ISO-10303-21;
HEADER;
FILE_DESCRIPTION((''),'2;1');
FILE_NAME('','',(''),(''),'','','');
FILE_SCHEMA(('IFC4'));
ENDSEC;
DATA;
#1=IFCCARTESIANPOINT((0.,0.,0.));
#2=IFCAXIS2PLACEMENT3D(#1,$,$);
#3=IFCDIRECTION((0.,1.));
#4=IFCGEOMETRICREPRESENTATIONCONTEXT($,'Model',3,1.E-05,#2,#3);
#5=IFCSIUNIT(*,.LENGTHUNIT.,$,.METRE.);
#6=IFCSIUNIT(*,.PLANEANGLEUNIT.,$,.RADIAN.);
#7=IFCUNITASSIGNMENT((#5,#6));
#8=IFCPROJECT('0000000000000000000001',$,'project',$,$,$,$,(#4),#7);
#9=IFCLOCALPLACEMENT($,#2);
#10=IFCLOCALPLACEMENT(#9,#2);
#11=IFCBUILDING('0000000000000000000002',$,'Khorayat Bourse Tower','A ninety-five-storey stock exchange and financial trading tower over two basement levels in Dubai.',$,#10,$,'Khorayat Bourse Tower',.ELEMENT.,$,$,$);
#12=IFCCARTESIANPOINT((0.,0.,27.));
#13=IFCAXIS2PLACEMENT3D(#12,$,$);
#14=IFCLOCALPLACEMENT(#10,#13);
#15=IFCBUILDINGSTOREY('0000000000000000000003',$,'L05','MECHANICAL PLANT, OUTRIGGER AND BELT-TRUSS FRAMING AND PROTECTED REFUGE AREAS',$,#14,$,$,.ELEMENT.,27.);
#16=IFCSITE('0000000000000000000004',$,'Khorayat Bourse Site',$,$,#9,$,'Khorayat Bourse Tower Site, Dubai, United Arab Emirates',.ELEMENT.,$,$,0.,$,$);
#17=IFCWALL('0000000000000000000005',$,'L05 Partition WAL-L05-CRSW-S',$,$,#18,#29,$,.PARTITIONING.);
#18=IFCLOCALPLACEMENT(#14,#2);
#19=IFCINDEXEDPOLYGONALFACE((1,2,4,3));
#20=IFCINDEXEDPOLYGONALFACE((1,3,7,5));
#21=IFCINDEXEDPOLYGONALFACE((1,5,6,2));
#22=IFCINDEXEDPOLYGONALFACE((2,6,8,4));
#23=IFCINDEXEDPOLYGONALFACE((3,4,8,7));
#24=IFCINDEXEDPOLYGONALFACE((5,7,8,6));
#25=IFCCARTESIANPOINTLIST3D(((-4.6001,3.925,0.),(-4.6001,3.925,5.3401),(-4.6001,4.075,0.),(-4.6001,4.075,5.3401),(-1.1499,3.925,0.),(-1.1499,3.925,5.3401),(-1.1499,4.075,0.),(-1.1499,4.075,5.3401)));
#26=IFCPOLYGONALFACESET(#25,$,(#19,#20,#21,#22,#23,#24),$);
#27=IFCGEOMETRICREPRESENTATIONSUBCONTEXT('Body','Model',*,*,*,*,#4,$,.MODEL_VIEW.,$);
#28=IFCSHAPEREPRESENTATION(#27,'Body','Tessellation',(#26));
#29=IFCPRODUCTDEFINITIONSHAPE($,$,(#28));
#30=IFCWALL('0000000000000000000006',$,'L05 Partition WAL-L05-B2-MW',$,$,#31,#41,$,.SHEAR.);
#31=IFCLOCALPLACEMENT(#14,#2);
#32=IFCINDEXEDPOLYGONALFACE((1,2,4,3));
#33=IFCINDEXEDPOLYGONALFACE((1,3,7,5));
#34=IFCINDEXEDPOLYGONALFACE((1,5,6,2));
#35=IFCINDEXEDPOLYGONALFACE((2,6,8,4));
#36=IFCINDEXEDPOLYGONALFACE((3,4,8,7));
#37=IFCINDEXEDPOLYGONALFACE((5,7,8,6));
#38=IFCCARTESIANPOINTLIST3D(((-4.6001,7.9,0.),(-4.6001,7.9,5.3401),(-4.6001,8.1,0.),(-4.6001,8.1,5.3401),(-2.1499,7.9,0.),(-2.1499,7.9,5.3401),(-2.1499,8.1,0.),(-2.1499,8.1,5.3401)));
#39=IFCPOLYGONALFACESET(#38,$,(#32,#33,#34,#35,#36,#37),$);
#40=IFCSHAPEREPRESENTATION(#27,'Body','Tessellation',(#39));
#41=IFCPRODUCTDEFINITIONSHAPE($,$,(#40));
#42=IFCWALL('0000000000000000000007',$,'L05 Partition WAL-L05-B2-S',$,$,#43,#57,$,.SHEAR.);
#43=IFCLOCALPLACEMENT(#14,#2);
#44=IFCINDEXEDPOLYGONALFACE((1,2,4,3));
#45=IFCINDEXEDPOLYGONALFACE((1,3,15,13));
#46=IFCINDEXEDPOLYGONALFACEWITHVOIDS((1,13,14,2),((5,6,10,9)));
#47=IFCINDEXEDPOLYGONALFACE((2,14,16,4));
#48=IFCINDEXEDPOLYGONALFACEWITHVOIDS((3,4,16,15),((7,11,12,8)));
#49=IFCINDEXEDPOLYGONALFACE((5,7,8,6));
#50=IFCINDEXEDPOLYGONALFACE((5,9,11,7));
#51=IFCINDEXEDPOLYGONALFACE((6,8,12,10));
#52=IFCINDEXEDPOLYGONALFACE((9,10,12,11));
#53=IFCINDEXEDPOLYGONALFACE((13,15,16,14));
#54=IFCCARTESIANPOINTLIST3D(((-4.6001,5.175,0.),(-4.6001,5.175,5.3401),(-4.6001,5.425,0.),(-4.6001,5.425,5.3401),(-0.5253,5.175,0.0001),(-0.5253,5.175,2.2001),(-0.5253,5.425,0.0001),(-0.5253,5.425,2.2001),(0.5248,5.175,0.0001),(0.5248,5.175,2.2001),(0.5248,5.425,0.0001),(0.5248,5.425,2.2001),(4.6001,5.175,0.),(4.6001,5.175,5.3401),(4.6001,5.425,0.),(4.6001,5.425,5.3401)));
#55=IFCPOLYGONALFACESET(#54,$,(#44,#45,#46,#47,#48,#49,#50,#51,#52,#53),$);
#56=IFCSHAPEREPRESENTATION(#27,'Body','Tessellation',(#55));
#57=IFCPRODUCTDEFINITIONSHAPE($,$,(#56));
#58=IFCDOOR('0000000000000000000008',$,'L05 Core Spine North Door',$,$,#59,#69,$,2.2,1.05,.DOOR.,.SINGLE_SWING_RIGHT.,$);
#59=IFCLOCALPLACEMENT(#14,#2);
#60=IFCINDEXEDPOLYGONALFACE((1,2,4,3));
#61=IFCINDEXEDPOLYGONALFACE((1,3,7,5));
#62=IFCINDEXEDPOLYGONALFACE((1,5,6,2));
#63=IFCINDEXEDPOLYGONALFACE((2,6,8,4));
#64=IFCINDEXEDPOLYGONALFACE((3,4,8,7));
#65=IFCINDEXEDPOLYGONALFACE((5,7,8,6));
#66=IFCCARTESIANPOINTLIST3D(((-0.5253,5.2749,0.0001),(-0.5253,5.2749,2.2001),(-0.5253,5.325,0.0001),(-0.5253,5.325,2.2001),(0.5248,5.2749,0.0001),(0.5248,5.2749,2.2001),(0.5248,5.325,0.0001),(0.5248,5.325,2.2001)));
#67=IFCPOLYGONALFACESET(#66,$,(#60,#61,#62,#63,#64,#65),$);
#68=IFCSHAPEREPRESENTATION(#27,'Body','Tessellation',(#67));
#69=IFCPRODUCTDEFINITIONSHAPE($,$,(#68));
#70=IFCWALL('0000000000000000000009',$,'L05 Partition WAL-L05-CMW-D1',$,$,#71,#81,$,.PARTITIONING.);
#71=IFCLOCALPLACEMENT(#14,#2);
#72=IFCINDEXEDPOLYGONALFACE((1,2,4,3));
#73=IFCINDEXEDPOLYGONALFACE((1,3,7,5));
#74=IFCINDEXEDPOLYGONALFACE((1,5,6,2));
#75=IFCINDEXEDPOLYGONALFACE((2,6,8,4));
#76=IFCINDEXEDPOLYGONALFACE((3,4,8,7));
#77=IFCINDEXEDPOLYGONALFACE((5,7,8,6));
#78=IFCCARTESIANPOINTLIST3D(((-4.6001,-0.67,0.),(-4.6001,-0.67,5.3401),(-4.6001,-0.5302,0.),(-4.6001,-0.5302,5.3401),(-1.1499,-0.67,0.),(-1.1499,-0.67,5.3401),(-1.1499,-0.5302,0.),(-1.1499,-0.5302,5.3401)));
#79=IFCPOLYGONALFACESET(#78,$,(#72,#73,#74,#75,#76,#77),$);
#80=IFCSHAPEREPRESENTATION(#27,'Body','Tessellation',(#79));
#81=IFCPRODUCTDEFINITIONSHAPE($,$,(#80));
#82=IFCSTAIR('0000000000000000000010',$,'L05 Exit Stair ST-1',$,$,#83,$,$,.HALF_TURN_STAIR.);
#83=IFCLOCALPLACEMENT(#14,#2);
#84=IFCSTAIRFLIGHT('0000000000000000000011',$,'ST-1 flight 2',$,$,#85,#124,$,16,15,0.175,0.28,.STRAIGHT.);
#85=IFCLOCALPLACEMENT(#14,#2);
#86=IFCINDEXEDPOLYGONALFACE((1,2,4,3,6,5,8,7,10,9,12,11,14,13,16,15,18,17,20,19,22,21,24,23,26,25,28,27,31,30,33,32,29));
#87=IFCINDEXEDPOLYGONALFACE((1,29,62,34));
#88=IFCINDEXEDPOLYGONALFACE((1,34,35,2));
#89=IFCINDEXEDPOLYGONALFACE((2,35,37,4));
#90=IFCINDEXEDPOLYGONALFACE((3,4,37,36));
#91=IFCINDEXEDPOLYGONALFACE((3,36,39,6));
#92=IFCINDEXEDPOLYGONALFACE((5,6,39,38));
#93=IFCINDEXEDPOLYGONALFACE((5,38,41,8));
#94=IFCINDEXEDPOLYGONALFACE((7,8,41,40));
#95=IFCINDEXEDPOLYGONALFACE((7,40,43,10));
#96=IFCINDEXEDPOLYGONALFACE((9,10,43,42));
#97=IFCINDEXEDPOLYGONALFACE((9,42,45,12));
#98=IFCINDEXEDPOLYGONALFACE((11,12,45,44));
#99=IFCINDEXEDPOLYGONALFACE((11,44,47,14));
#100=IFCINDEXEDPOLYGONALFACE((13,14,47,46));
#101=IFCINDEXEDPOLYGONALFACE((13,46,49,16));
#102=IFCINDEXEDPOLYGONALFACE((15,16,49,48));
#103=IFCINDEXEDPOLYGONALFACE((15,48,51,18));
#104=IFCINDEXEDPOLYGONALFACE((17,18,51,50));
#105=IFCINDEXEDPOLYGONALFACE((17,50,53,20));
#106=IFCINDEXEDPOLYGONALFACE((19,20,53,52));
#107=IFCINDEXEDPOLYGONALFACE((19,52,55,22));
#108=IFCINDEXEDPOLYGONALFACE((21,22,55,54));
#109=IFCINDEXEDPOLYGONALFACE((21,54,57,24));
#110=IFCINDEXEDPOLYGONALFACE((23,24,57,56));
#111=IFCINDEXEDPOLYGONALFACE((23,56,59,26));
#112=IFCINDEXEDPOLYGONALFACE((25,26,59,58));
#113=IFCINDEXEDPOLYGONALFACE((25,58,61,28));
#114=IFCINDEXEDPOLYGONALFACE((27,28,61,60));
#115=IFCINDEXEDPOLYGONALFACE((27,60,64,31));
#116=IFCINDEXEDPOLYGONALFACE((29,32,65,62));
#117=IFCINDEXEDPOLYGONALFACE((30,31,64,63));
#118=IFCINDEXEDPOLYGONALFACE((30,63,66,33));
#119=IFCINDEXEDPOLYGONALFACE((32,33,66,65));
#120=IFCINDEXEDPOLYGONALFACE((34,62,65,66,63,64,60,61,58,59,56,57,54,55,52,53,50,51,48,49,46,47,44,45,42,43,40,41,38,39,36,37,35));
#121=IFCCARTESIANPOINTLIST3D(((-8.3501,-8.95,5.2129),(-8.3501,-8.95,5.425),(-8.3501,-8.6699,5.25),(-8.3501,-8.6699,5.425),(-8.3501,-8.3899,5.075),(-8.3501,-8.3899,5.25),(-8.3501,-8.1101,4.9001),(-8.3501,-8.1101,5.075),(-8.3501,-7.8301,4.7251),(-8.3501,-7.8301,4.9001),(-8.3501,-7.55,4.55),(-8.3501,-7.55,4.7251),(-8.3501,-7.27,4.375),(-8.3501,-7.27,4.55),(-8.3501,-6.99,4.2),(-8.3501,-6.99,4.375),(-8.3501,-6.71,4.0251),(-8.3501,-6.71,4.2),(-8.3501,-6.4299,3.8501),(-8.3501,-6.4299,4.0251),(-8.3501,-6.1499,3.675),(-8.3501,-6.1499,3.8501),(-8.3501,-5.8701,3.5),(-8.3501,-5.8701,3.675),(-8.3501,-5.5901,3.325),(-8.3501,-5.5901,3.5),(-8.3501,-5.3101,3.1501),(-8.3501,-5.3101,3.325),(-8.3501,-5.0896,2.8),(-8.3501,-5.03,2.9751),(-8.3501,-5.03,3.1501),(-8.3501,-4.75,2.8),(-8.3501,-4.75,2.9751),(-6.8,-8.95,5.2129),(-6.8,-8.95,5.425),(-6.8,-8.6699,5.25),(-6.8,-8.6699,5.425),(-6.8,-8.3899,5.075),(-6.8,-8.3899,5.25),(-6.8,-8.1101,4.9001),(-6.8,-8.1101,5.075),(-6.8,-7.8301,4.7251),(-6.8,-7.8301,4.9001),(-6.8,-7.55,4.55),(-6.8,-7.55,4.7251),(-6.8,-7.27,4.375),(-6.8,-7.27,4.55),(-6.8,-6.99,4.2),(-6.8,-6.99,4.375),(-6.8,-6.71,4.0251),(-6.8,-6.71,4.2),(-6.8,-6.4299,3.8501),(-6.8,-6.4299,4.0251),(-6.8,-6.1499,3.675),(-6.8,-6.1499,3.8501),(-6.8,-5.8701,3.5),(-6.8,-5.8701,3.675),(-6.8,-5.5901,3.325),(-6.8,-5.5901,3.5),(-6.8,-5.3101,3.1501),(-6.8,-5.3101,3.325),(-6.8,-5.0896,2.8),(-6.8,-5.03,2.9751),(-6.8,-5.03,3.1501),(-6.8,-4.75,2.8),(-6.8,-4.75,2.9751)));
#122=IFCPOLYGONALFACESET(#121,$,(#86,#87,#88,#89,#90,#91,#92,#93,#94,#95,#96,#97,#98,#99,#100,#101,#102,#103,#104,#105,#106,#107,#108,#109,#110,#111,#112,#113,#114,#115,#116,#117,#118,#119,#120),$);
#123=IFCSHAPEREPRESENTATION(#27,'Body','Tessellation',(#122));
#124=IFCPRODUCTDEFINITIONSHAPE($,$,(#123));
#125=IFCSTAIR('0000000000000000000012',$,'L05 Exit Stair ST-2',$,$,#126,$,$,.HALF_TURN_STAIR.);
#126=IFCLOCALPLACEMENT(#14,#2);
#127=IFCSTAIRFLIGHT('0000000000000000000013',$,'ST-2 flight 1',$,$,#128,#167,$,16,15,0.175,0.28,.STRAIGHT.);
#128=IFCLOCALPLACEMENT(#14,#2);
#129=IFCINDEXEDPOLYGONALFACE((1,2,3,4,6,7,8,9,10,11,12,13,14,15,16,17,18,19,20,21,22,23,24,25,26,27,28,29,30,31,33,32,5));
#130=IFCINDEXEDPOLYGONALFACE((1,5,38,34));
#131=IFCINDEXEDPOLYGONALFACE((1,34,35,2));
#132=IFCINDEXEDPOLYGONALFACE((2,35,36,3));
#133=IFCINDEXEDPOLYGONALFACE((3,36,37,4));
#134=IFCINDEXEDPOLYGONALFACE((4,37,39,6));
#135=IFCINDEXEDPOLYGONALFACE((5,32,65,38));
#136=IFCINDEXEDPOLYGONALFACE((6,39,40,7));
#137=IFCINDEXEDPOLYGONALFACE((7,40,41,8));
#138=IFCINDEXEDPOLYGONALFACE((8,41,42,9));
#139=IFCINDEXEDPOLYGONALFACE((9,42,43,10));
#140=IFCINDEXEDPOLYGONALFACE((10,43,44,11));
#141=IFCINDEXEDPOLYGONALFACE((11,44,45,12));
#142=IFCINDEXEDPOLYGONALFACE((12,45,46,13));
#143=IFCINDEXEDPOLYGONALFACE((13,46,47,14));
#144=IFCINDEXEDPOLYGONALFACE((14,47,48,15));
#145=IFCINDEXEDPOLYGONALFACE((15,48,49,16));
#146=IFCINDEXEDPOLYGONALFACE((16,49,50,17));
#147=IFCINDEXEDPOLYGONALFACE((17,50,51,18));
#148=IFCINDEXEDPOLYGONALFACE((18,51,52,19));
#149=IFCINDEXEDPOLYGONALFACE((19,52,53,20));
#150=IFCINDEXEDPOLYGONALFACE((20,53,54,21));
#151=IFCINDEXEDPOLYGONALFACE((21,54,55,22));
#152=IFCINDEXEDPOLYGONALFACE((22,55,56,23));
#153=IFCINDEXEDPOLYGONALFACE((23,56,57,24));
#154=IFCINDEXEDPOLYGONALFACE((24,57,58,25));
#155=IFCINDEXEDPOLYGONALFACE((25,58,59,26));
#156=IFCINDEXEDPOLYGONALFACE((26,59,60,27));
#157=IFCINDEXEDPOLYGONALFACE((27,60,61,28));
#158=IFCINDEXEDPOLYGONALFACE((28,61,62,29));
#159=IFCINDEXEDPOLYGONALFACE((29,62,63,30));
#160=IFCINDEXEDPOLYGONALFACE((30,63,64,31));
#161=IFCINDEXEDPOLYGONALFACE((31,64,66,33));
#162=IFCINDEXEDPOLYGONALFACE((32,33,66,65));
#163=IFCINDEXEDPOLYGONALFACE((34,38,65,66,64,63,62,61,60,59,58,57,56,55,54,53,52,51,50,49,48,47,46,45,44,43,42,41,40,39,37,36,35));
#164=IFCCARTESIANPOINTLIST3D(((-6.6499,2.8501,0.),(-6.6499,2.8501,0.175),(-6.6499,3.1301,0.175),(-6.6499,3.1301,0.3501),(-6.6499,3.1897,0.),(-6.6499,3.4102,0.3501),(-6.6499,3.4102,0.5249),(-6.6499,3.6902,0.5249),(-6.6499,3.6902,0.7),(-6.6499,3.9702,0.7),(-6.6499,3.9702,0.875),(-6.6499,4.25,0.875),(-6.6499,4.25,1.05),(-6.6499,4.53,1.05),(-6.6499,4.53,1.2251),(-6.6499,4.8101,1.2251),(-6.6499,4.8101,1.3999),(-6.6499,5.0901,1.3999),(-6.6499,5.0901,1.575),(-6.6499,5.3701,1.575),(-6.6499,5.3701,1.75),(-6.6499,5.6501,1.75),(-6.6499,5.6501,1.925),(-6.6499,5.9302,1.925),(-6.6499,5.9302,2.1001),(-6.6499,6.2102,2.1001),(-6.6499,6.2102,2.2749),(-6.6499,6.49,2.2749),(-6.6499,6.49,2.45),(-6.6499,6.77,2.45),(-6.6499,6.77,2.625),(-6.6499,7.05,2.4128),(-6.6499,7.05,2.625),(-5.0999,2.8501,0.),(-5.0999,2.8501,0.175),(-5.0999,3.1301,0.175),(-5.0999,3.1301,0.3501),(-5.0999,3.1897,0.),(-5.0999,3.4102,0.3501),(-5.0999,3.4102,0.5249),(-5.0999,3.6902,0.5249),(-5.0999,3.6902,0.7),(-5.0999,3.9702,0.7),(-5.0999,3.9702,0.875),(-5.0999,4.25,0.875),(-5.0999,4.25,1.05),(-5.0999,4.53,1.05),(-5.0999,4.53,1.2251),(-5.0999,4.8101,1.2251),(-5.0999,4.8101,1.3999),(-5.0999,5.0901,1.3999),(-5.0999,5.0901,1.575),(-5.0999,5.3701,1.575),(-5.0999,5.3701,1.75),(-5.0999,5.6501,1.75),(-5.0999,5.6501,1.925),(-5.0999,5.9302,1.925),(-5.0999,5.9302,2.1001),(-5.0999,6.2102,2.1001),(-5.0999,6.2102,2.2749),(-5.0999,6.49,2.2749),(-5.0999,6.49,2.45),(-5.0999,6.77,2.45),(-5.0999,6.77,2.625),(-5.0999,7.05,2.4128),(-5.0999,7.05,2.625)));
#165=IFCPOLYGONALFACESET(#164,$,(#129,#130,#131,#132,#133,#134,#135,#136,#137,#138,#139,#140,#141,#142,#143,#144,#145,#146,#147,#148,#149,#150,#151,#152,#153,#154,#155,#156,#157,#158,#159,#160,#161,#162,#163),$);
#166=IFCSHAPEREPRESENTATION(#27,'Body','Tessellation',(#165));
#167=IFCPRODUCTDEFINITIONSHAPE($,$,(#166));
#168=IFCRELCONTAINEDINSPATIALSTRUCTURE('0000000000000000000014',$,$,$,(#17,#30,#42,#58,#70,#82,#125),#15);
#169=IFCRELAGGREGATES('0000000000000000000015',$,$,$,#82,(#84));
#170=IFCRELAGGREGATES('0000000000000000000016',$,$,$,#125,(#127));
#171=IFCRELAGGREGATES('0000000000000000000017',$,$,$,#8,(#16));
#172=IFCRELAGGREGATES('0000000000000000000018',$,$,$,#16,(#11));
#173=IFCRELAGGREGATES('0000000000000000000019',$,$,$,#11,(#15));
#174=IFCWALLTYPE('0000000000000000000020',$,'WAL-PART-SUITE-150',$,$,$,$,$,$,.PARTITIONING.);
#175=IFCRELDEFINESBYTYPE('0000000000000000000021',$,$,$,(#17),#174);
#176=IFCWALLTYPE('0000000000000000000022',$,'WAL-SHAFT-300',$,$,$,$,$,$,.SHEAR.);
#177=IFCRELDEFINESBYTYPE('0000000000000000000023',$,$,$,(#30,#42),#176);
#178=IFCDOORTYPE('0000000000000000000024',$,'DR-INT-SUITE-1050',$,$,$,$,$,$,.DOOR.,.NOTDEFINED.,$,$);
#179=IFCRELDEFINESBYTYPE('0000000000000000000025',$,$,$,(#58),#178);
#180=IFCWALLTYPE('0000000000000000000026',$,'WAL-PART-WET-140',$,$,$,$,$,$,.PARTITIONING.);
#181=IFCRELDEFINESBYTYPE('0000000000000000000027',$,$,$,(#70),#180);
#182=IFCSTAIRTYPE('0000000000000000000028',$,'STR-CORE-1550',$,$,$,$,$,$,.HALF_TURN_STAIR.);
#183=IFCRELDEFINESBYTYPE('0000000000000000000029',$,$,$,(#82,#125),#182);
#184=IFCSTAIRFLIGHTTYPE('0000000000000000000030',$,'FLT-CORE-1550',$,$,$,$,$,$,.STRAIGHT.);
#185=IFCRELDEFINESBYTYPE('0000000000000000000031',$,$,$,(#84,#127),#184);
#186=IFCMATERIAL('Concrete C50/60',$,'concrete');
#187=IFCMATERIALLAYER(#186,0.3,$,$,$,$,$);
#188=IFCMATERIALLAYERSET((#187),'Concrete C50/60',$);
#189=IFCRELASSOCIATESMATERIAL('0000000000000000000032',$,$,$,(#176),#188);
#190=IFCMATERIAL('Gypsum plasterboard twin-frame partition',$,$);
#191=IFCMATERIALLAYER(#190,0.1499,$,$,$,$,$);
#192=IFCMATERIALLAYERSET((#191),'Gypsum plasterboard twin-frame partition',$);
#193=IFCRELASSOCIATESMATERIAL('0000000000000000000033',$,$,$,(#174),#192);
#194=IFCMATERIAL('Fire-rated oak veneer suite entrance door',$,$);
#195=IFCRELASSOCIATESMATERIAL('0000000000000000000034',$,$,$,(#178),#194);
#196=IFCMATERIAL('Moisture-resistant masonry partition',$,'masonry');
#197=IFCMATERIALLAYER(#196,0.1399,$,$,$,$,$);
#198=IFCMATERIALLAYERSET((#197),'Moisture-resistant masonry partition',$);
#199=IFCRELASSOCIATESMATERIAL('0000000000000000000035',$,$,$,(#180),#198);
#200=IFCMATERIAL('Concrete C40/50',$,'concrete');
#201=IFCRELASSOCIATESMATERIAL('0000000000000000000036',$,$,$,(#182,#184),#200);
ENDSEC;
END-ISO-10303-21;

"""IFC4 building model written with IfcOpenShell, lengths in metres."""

from ifc_helpers import new_model, si_unit, direction, frame, frame_2d, origin, place, context, subcontext, project, spatial, polyline, rectangle, outline, extrude, source, transform, mapped, material, layer, layer_set, type_object, element, fill, aggregate, save


model = new_model("IFC4")

# Units and contexts
model_context = context("Model", 3, precision=1e-05, world=origin(), true_north=direction((0.0, 1.0)))
body_context = subcontext(model_context, "Body", "Model", "MODEL_VIEW")
ifc_project = project(units=[si_unit("LENGTHUNIT", "METRE"), si_unit("PLANEANGLEUNIT", "RADIAN")], contexts=[model_context])

# Site, building, storey
site_placement = place(None, origin())
site = spatial("IfcSite", under=ifc_project, at=site_placement, Name="Khorayat Bourse Site", LongName="Khorayat Bourse Tower Site, Dubai, United Arab Emirates", CompositionType="ELEMENT", RefElevation=0.0)
building_placement = place(site_placement, origin())
building = spatial("IfcBuilding", under=site, at=building_placement, Name="Khorayat Bourse Tower", Description="A ninety-five-storey stock exchange and financial trading tower over two basement levels in Dubai.", LongName="Khorayat Bourse Tower", CompositionType="ELEMENT")
storey_placement = place(building_placement, frame((0.0, 0.0, 27.0)))
storey = spatial("IfcBuildingStorey", under=building, at=storey_placement, Name="L05", Description="MECHANICAL PLANT, OUTRIGGER AND BELT-TRUSS FRAMING AND PROTECTED REFUGE AREAS", CompositionType="ELEMENT", Elevation=27.0)

# Walls
ifc_material_1 = material(Name="Concrete C50/60", Category="concrete")
ifc_layer_1 = layer(ifc_material_1, 0.3)
ifc_layer_set_1 = layer_set([ifc_layer_1], Name="Concrete C50/60")
wall_type_1 = type_object("IfcWallType", Name="WAL-SHAFT-300", PredefinedType="SHEAR", material=ifc_layer_set_1)
ifc_material_2 = material(Name="Gypsum plasterboard twin-frame partition")
ifc_layer_2 = layer(ifc_material_2, 0.1499)
ifc_layer_set_2 = layer_set([ifc_layer_2], Name="Gypsum plasterboard twin-frame partition")
wall_type_2 = type_object("IfcWallType", Name="WAL-PART-SUITE-150", PredefinedType="PARTITIONING", material=ifc_layer_set_2)
shared_shape_1 = source(origin(), body_context, "Body", "SweptSolid", [
    extrude(rectangle(XDim=3.4502, YDim=0.1499, at=frame_2d((1.7251, 0.0))), origin(), (0.0, 0.0, 1.0), 5.3401),
])
wall_1_placement = place(storey_placement, frame((-4.6001, 4.0, 0.0), z_axis=(0.0, 0.0, 1.0), x_axis=(1.0, 0.0, 0.0)))
element("IfcWall", 1, at=wall_1_placement, inside=storey, type_object=wall_type_2, Name="L05 Partition WAL-L05-CRSW-S", PredefinedType="PARTITIONING", context=body_context, shape_type="MappedRepresentation", body=[
    mapped(shared_shape_1, transform((0.0, 0.0, 0.0), scale=1.0)),
])
shared_shape_2 = source(origin(), body_context, "Body", "SweptSolid", [
    extrude(rectangle(XDim=2.4502, YDim=0.2, at=frame_2d((1.2251, 0.0))), origin(), (0.0, 0.0, 1.0), 5.3401),
])
wall_2_placement = place(storey_placement, frame((-4.6001, 8.0, 0.0), z_axis=(0.0, 0.0, 1.0), x_axis=(1.0, 0.0, 0.0)))
element("IfcWall", 2, at=wall_2_placement, inside=storey, type_object=wall_type_1, Name="L05 Partition WAL-L05-B2-MW", PredefinedType="SHEAR", context=body_context, shape_type="MappedRepresentation", body=[
    mapped(shared_shape_2, transform((0.0, 0.0, 0.0), scale=1.0)),
])

# Wall, opening, door
shared_shape_3 = source(origin(), body_context, "Body", "SweptSolid", [
    extrude(rectangle(XDim=9.2002, YDim=0.25, at=frame_2d((4.6001, 0.0))), origin(), (0.0, 0.0, 1.0), 5.3401),
])
wall_3_placement = place(storey_placement, frame((-4.6001, 5.3, 0.0), z_axis=(0.0, 0.0, 1.0), x_axis=(1.0, 0.0, 0.0)))
wall_3 = element("IfcWall", 3, at=wall_3_placement, inside=storey, type_object=wall_type_1, Name="L05 Partition WAL-L05-B2-S", PredefinedType="SHEAR", context=body_context, shape_type="MappedRepresentation", body=[
    mapped(shared_shape_3, transform((0.0, 0.0, 0.0), scale=1.0)),
])
shared_shape_4 = source(origin(), body_context, "Body", "SweptSolid", [
    extrude(rectangle(XDim=1.05, YDim=2.2, at=frame_2d((0.5249, 1.1001))), frame((0.0, 0.135, 0.0), z_axis=(0.0, -1.0, 0.0), x_axis=(1.0, 0.0, 0.0)), (0.0, 0.0, 1.0), 0.27),
])
opening_placement = place(wall_3_placement, frame((4.075, 0.0, 0.0)))
opening = element("IfcOpeningElement", 4, at=opening_placement, cuts=wall_3, PredefinedType="OPENING", context=body_context, shape_type="MappedRepresentation", body=[
    mapped(shared_shape_4, transform((0.0, 0.0, 0.0), scale=1.0)),
])
ifc_material_3 = material(Name="Fire-rated oak veneer suite entrance door")
door_type = type_object("IfcDoorType", Name="DR-INT-SUITE-1050", OperationType="NOTDEFINED", PredefinedType="DOOR", material=ifc_material_3)
shared_shape_5 = source(origin(), body_context, "Body", "SweptSolid", [
    extrude(rectangle(XDim=1.05, YDim=2.2, at=frame_2d((0.5249, 1.1001))), frame((0.0, 0.0249, 0.0), z_axis=(0.0, -1.0, 0.0), x_axis=(1.0, 0.0, 0.0)), (0.0, 0.0, 1.0), 0.05),
])
door_placement = place(opening_placement, origin())
door = element("IfcDoor", 5, at=door_placement, inside=storey, type_object=door_type, Name="L05 Core Spine North Door", OperationType="SINGLE_SWING_RIGHT", OverallHeight=2.2, OverallWidth=1.05, PredefinedType="DOOR", context=body_context, shape_type="MappedRepresentation", body=[
    mapped(shared_shape_5, transform((0.0, 0.0, 0.0), scale=1.0)),
])
fill(opening, door)

# Wall
ifc_material_4 = material(Name="Moisture-resistant masonry partition", Category="masonry")
ifc_layer_3 = layer(ifc_material_4, 0.1399)
ifc_layer_set_3 = layer_set([ifc_layer_3], Name="Moisture-resistant masonry partition")
wall_type_3 = type_object("IfcWallType", Name="WAL-PART-WET-140", PredefinedType="PARTITIONING", material=ifc_layer_set_3)
shared_shape_6 = source(origin(), body_context, "Body", "SweptSolid", [
    extrude(rectangle(XDim=3.4502, YDim=0.1399, at=frame_2d((1.7251, 0.0))), origin(), (0.0, 0.0, 1.0), 5.3401),
])
wall_4_placement = place(storey_placement, frame((-4.6001, -0.6001, 0.0), z_axis=(0.0, 0.0, 1.0), x_axis=(1.0, 0.0, 0.0)))
element("IfcWall", 6, at=wall_4_placement, inside=storey, type_object=wall_type_3, Name="L05 Partition WAL-L05-CMW-D1", PredefinedType="PARTITIONING", context=body_context, shape_type="MappedRepresentation", body=[
    mapped(shared_shape_6, transform((0.0, 0.0, 0.0), scale=1.0)),
])

# Stair, stair flight
ifc_material_5 = material(Name="Concrete C40/50", Category="concrete")
stair_type = type_object("IfcStairType", Name="STR-CORE-1550", PredefinedType="HALF_TURN_STAIR", material=ifc_material_5)
stair_1_placement = place(storey_placement, origin())
stair_1 = element("IfcStair", 7, at=stair_1_placement, inside=storey, type_object=stair_type, Name="L05 Exit Stair ST-1", PredefinedType="HALF_TURN_STAIR")
stair_flight_type = type_object("IfcStairFlightType", Name="FLT-CORE-1550", PredefinedType="STRAIGHT", material=ifc_material_5)
shared_shape_7 = source(origin(), body_context, "Body", "SweptSolid", [
    extrude(outline(polyline([(0.0, 0.0), (0.0, 0.175), (0.28, 0.175), (0.28, 0.3501), (0.5601, 0.3501), (0.5601, 0.5249), (0.8401, 0.5249), (0.8401, 0.7), (1.1201, 0.7), (1.1201, 0.875), (1.3999, 0.875), (1.3999, 1.05), (1.6799, 1.05), (1.6799, 1.2251), (1.96, 1.2251), (1.96, 1.3999), (2.24, 1.3999), (2.24, 1.575), (2.52, 1.575), (2.52, 1.75), (2.8, 1.75), (2.8, 1.925), (3.0801, 1.925), (3.0801, 2.1001), (3.3601, 2.1001), (3.3601, 2.2749), (3.6399, 2.2749), (3.6399, 2.45), (3.9199, 2.45), (3.9199, 2.625), (4.2, 2.625), (4.2, 2.8), (4.2, 2.4128), (0.3396, 0.0), (0.0, 0.0)])), frame((0.0, 0.7749, 0.0), z_axis=(0.0, -1.0, 0.0), x_axis=(1.0, 0.0, 0.0)), (0.0, 0.0, 1.0), 1.55),
])
stair_flight_1_placement = place(storey_placement, frame((-7.575, -4.75, 2.8), z_axis=(0.0, 0.0, 1.0), x_axis=(0.0, -1.0, 0.0)))
stair_flight_1 = element("IfcStairFlight", 8, at=stair_flight_1_placement, type_object=stair_flight_type, Name="ST-1 flight 2", NumberOfRisers=16, NumberOfTreads=15, PredefinedType="STRAIGHT", RiserHeight=0.175, TreadLength=0.28, context=body_context, shape_type="MappedRepresentation", body=[
    mapped(shared_shape_7, transform((0.0, 0.0, 0.0), scale=1.0)),
])
aggregate(stair_1, [stair_flight_1])

# Stair, stair flight
stair_2_placement = place(storey_placement, origin())
stair_2 = element("IfcStair", 9, at=stair_2_placement, inside=storey, type_object=stair_type, Name="L05 Exit Stair ST-2", PredefinedType="HALF_TURN_STAIR")
stair_flight_2_placement = place(storey_placement, frame((-5.875, 2.8501, 0.0), z_axis=(0.0, 0.0, 1.0), x_axis=(0.0, 1.0, 0.0)))
stair_flight_2 = element("IfcStairFlight", 10, at=stair_flight_2_placement, type_object=stair_flight_type, Name="ST-2 flight 1", NumberOfRisers=16, NumberOfTreads=15, PredefinedType="STRAIGHT", RiserHeight=0.175, TreadLength=0.28, context=body_context, shape_type="MappedRepresentation", body=[
    mapped(shared_shape_7, transform((0.0, 0.0, 0.0), scale=1.0)),
])
aggregate(stair_2, [stair_flight_2])

save(model, "model.ifc")
